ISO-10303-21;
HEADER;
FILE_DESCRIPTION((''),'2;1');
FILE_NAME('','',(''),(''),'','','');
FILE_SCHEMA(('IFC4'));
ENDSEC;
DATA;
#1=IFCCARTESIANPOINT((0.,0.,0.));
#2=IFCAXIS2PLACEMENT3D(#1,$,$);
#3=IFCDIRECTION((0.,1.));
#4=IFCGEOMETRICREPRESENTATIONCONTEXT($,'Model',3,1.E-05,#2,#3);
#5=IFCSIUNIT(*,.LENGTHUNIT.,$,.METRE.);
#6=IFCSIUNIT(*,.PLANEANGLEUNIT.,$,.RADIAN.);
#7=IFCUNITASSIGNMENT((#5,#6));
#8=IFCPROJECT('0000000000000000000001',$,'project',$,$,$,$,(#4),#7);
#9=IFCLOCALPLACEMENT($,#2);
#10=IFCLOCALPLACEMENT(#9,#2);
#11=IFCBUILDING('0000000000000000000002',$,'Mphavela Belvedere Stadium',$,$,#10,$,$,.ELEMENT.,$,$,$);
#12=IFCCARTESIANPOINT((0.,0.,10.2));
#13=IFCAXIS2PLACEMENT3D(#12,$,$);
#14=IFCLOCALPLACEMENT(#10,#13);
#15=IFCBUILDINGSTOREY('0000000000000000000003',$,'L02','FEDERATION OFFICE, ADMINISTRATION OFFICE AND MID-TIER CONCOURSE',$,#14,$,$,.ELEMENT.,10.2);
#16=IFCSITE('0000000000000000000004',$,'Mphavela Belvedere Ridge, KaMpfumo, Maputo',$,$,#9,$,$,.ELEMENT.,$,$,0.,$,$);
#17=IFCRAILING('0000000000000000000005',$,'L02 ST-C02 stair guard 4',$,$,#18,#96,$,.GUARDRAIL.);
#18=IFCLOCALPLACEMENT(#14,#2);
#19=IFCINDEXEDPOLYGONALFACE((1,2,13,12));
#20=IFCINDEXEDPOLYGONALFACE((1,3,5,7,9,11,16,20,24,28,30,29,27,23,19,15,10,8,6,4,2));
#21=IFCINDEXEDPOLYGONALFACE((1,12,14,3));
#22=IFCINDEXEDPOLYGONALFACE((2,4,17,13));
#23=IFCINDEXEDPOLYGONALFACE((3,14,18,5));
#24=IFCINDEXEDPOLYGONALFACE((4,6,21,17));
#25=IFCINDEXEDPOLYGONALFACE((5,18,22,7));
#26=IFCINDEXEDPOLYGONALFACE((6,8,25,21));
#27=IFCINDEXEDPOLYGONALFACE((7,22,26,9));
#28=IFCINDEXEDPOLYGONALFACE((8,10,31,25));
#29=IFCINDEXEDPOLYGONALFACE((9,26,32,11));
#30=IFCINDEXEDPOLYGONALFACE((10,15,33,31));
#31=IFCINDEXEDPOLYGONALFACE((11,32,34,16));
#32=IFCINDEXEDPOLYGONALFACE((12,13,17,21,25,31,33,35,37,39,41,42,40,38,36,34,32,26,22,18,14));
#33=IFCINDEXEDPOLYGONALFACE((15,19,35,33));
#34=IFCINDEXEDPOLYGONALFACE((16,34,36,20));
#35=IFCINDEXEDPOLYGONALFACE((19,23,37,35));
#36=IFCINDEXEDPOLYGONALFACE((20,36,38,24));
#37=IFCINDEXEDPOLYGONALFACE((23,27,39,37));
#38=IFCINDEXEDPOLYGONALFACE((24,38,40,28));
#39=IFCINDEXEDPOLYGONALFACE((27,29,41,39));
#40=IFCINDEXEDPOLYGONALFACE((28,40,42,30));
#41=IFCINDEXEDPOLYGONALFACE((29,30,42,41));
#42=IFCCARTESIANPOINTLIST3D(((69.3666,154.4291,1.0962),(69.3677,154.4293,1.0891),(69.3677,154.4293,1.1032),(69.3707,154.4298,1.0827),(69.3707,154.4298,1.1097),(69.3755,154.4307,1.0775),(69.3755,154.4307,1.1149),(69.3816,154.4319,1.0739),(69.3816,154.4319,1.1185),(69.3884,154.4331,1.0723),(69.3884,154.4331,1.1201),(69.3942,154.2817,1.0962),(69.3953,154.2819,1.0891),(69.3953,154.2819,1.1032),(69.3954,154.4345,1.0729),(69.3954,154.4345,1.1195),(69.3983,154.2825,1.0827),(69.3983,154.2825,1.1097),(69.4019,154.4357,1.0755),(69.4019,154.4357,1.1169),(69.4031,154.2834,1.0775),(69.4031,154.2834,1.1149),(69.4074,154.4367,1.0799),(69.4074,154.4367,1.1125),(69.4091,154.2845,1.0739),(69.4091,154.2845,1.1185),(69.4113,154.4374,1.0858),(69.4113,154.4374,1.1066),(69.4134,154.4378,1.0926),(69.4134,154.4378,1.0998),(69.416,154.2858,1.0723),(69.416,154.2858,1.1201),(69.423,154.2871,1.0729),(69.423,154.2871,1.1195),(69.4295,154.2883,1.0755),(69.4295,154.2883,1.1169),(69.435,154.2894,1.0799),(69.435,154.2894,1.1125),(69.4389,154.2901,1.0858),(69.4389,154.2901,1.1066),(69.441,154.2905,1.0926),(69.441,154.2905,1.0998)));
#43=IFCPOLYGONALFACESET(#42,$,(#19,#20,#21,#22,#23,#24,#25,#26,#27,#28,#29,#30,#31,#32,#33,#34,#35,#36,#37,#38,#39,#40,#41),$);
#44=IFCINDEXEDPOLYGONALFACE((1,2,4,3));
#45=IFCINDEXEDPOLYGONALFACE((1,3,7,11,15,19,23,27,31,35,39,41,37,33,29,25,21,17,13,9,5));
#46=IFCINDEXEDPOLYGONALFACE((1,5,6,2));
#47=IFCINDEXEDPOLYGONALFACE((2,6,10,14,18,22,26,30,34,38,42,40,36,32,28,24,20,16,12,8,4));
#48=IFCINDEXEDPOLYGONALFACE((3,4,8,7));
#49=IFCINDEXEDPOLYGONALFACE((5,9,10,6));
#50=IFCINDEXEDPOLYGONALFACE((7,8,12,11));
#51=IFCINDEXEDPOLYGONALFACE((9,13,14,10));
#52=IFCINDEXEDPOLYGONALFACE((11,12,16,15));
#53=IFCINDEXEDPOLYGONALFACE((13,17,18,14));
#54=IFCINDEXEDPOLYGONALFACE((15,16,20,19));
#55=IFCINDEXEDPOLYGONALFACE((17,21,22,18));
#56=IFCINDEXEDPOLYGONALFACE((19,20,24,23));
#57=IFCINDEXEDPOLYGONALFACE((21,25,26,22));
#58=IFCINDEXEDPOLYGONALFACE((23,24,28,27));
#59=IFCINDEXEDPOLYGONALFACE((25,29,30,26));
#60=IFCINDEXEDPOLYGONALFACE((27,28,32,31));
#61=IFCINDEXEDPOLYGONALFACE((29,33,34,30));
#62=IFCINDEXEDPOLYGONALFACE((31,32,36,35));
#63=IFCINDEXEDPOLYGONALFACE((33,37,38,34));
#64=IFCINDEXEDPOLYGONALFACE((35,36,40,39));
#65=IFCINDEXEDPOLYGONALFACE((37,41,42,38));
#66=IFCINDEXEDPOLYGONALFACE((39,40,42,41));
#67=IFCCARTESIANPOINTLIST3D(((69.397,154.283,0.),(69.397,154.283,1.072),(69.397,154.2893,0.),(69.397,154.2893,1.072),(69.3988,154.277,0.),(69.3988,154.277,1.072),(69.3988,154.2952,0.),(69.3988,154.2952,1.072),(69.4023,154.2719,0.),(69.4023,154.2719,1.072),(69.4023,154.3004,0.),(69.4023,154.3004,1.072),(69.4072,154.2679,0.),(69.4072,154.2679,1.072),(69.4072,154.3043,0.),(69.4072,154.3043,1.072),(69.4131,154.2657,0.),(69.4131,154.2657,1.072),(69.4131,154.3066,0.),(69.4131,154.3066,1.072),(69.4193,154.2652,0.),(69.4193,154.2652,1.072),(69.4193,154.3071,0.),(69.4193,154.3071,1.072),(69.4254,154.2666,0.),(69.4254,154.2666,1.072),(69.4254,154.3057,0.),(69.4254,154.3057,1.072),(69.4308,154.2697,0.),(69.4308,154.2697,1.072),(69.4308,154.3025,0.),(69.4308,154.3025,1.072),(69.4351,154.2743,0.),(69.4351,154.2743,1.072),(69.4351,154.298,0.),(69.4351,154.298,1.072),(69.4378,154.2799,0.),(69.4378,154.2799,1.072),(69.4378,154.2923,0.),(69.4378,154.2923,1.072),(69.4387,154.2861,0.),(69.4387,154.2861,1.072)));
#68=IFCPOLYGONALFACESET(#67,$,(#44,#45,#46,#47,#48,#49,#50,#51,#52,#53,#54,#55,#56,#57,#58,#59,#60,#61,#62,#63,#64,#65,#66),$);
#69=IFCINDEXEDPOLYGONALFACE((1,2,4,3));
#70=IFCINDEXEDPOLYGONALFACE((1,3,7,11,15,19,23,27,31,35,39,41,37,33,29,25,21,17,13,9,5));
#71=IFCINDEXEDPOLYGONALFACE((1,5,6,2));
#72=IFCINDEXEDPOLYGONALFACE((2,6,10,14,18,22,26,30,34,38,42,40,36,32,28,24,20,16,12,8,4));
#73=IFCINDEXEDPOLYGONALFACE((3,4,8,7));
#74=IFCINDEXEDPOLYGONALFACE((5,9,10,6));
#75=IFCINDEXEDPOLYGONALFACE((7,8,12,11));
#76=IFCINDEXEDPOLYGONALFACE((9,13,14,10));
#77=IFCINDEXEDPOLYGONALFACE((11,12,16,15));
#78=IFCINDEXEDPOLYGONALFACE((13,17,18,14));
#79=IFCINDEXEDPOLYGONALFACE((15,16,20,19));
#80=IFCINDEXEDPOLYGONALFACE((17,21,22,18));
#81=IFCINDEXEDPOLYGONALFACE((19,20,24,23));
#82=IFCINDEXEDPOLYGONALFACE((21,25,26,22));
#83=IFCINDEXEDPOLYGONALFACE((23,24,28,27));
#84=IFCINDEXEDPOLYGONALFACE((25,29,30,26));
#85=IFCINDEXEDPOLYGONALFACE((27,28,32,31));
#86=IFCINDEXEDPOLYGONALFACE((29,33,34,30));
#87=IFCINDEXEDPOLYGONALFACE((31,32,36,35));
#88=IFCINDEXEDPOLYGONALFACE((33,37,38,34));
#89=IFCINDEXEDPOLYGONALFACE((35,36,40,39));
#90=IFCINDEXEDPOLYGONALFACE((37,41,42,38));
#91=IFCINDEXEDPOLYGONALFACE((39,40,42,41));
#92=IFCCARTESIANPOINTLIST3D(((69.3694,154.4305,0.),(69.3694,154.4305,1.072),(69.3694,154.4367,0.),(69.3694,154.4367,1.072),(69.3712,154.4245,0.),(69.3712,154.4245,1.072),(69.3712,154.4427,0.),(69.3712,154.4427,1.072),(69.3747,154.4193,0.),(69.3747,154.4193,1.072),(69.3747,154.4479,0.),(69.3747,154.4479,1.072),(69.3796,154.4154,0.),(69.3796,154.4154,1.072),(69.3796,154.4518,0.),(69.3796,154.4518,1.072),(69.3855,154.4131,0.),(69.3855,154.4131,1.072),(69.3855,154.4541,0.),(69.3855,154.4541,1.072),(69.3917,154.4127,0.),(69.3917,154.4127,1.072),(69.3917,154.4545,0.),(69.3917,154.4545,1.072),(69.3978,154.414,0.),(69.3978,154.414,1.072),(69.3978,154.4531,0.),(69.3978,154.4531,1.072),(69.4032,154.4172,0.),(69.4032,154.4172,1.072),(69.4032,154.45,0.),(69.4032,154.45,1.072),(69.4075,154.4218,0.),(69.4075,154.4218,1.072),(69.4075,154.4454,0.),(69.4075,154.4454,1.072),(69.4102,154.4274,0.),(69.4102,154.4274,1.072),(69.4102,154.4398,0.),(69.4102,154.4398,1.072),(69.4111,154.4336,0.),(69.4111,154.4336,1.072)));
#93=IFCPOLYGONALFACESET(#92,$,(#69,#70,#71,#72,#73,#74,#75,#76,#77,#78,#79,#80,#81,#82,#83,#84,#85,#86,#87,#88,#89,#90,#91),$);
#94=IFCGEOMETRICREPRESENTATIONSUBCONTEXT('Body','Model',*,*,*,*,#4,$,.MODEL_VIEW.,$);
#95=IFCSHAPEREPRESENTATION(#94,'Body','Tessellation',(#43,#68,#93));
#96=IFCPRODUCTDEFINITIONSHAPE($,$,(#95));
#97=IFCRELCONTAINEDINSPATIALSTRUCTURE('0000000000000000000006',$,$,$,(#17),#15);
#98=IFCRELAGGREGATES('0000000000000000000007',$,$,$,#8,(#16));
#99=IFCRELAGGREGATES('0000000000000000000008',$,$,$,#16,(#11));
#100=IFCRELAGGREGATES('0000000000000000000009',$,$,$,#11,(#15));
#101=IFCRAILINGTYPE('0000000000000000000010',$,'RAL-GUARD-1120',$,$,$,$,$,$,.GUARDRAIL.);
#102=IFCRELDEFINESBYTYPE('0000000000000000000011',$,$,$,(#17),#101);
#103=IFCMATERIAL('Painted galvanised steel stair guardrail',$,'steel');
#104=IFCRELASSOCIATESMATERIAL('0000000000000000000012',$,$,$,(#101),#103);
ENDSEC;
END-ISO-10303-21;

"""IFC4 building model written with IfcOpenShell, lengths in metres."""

from ifc_helpers import new_model, si_unit, direction, frame, origin, origin_2d, place, context, subcontext, project, spatial, circle, extrude, material, type_object, element, save


model = new_model("IFC4")

# Units and contexts
model_context = context("Model", 3, precision=1e-05, world=origin(), true_north=direction((0.0, 1.0)))
body_context = subcontext(model_context, "Body", "Model", "MODEL_VIEW")
ifc_project = project(units=[si_unit("LENGTHUNIT", "METRE"), si_unit("PLANEANGLEUNIT", "RADIAN")], contexts=[model_context])

# Site, building, storey
site_placement = place(None, origin())
site = spatial("IfcSite", under=ifc_project, at=site_placement, Name="Mphavela Belvedere Ridge, KaMpfumo, Maputo", CompositionType="ELEMENT", RefElevation=0.0)
building_placement = place(site_placement, origin())
building = spatial("IfcBuilding", under=site, at=building_placement, Name="Mphavela Belvedere Stadium", CompositionType="ELEMENT")
storey_placement = place(building_placement, frame((0.0, 0.0, 10.2)))
storey = spatial("IfcBuildingStorey", under=building, at=storey_placement, Name="L02", Description="FEDERATION OFFICE, ADMINISTRATION OFFICE AND MID-TIER CONCOURSE", CompositionType="ELEMENT", Elevation=10.2)

# Railing
ifc_material_1 = material(Name="Painted galvanised steel stair guardrail", Category="steel")
railing_type_1 = type_object("IfcRailingType", Name="RAL-GUARD-1120", PredefinedType="GUARDRAIL", material=ifc_material_1)
railing_1_placement = place(storey_placement, frame((69.4177, 154.2861, 0.0)))
element("IfcRailing", 1, at=railing_1_placement, inside=storey, type_object=railing_type_1, Name="L02 ST-C02 stair guard 4", PredefinedType="GUARDRAIL", context=body_context, shape_type="SweptSolid", body=[
    extrude(circle(Radius=0.0239, at=origin_2d()), frame((0.0, 0.0, 1.0962), z_axis=(-0.183895, 0.982946, 0.0), x_axis=(-0.982946, -0.183895, 0.0)), (0.0, 0.0, 1.0), 0.1499),
    extrude(circle(Radius=0.021, at=origin_2d()), origin(), (0.0, 0.0, 1.0), 1.072),
    extrude(circle(Radius=0.021, at=origin_2d()), frame((-0.0276, 0.1475, 0.0)), (0.0, 0.0, 1.0), 1.072),
])

save(model, "model.ifc")
